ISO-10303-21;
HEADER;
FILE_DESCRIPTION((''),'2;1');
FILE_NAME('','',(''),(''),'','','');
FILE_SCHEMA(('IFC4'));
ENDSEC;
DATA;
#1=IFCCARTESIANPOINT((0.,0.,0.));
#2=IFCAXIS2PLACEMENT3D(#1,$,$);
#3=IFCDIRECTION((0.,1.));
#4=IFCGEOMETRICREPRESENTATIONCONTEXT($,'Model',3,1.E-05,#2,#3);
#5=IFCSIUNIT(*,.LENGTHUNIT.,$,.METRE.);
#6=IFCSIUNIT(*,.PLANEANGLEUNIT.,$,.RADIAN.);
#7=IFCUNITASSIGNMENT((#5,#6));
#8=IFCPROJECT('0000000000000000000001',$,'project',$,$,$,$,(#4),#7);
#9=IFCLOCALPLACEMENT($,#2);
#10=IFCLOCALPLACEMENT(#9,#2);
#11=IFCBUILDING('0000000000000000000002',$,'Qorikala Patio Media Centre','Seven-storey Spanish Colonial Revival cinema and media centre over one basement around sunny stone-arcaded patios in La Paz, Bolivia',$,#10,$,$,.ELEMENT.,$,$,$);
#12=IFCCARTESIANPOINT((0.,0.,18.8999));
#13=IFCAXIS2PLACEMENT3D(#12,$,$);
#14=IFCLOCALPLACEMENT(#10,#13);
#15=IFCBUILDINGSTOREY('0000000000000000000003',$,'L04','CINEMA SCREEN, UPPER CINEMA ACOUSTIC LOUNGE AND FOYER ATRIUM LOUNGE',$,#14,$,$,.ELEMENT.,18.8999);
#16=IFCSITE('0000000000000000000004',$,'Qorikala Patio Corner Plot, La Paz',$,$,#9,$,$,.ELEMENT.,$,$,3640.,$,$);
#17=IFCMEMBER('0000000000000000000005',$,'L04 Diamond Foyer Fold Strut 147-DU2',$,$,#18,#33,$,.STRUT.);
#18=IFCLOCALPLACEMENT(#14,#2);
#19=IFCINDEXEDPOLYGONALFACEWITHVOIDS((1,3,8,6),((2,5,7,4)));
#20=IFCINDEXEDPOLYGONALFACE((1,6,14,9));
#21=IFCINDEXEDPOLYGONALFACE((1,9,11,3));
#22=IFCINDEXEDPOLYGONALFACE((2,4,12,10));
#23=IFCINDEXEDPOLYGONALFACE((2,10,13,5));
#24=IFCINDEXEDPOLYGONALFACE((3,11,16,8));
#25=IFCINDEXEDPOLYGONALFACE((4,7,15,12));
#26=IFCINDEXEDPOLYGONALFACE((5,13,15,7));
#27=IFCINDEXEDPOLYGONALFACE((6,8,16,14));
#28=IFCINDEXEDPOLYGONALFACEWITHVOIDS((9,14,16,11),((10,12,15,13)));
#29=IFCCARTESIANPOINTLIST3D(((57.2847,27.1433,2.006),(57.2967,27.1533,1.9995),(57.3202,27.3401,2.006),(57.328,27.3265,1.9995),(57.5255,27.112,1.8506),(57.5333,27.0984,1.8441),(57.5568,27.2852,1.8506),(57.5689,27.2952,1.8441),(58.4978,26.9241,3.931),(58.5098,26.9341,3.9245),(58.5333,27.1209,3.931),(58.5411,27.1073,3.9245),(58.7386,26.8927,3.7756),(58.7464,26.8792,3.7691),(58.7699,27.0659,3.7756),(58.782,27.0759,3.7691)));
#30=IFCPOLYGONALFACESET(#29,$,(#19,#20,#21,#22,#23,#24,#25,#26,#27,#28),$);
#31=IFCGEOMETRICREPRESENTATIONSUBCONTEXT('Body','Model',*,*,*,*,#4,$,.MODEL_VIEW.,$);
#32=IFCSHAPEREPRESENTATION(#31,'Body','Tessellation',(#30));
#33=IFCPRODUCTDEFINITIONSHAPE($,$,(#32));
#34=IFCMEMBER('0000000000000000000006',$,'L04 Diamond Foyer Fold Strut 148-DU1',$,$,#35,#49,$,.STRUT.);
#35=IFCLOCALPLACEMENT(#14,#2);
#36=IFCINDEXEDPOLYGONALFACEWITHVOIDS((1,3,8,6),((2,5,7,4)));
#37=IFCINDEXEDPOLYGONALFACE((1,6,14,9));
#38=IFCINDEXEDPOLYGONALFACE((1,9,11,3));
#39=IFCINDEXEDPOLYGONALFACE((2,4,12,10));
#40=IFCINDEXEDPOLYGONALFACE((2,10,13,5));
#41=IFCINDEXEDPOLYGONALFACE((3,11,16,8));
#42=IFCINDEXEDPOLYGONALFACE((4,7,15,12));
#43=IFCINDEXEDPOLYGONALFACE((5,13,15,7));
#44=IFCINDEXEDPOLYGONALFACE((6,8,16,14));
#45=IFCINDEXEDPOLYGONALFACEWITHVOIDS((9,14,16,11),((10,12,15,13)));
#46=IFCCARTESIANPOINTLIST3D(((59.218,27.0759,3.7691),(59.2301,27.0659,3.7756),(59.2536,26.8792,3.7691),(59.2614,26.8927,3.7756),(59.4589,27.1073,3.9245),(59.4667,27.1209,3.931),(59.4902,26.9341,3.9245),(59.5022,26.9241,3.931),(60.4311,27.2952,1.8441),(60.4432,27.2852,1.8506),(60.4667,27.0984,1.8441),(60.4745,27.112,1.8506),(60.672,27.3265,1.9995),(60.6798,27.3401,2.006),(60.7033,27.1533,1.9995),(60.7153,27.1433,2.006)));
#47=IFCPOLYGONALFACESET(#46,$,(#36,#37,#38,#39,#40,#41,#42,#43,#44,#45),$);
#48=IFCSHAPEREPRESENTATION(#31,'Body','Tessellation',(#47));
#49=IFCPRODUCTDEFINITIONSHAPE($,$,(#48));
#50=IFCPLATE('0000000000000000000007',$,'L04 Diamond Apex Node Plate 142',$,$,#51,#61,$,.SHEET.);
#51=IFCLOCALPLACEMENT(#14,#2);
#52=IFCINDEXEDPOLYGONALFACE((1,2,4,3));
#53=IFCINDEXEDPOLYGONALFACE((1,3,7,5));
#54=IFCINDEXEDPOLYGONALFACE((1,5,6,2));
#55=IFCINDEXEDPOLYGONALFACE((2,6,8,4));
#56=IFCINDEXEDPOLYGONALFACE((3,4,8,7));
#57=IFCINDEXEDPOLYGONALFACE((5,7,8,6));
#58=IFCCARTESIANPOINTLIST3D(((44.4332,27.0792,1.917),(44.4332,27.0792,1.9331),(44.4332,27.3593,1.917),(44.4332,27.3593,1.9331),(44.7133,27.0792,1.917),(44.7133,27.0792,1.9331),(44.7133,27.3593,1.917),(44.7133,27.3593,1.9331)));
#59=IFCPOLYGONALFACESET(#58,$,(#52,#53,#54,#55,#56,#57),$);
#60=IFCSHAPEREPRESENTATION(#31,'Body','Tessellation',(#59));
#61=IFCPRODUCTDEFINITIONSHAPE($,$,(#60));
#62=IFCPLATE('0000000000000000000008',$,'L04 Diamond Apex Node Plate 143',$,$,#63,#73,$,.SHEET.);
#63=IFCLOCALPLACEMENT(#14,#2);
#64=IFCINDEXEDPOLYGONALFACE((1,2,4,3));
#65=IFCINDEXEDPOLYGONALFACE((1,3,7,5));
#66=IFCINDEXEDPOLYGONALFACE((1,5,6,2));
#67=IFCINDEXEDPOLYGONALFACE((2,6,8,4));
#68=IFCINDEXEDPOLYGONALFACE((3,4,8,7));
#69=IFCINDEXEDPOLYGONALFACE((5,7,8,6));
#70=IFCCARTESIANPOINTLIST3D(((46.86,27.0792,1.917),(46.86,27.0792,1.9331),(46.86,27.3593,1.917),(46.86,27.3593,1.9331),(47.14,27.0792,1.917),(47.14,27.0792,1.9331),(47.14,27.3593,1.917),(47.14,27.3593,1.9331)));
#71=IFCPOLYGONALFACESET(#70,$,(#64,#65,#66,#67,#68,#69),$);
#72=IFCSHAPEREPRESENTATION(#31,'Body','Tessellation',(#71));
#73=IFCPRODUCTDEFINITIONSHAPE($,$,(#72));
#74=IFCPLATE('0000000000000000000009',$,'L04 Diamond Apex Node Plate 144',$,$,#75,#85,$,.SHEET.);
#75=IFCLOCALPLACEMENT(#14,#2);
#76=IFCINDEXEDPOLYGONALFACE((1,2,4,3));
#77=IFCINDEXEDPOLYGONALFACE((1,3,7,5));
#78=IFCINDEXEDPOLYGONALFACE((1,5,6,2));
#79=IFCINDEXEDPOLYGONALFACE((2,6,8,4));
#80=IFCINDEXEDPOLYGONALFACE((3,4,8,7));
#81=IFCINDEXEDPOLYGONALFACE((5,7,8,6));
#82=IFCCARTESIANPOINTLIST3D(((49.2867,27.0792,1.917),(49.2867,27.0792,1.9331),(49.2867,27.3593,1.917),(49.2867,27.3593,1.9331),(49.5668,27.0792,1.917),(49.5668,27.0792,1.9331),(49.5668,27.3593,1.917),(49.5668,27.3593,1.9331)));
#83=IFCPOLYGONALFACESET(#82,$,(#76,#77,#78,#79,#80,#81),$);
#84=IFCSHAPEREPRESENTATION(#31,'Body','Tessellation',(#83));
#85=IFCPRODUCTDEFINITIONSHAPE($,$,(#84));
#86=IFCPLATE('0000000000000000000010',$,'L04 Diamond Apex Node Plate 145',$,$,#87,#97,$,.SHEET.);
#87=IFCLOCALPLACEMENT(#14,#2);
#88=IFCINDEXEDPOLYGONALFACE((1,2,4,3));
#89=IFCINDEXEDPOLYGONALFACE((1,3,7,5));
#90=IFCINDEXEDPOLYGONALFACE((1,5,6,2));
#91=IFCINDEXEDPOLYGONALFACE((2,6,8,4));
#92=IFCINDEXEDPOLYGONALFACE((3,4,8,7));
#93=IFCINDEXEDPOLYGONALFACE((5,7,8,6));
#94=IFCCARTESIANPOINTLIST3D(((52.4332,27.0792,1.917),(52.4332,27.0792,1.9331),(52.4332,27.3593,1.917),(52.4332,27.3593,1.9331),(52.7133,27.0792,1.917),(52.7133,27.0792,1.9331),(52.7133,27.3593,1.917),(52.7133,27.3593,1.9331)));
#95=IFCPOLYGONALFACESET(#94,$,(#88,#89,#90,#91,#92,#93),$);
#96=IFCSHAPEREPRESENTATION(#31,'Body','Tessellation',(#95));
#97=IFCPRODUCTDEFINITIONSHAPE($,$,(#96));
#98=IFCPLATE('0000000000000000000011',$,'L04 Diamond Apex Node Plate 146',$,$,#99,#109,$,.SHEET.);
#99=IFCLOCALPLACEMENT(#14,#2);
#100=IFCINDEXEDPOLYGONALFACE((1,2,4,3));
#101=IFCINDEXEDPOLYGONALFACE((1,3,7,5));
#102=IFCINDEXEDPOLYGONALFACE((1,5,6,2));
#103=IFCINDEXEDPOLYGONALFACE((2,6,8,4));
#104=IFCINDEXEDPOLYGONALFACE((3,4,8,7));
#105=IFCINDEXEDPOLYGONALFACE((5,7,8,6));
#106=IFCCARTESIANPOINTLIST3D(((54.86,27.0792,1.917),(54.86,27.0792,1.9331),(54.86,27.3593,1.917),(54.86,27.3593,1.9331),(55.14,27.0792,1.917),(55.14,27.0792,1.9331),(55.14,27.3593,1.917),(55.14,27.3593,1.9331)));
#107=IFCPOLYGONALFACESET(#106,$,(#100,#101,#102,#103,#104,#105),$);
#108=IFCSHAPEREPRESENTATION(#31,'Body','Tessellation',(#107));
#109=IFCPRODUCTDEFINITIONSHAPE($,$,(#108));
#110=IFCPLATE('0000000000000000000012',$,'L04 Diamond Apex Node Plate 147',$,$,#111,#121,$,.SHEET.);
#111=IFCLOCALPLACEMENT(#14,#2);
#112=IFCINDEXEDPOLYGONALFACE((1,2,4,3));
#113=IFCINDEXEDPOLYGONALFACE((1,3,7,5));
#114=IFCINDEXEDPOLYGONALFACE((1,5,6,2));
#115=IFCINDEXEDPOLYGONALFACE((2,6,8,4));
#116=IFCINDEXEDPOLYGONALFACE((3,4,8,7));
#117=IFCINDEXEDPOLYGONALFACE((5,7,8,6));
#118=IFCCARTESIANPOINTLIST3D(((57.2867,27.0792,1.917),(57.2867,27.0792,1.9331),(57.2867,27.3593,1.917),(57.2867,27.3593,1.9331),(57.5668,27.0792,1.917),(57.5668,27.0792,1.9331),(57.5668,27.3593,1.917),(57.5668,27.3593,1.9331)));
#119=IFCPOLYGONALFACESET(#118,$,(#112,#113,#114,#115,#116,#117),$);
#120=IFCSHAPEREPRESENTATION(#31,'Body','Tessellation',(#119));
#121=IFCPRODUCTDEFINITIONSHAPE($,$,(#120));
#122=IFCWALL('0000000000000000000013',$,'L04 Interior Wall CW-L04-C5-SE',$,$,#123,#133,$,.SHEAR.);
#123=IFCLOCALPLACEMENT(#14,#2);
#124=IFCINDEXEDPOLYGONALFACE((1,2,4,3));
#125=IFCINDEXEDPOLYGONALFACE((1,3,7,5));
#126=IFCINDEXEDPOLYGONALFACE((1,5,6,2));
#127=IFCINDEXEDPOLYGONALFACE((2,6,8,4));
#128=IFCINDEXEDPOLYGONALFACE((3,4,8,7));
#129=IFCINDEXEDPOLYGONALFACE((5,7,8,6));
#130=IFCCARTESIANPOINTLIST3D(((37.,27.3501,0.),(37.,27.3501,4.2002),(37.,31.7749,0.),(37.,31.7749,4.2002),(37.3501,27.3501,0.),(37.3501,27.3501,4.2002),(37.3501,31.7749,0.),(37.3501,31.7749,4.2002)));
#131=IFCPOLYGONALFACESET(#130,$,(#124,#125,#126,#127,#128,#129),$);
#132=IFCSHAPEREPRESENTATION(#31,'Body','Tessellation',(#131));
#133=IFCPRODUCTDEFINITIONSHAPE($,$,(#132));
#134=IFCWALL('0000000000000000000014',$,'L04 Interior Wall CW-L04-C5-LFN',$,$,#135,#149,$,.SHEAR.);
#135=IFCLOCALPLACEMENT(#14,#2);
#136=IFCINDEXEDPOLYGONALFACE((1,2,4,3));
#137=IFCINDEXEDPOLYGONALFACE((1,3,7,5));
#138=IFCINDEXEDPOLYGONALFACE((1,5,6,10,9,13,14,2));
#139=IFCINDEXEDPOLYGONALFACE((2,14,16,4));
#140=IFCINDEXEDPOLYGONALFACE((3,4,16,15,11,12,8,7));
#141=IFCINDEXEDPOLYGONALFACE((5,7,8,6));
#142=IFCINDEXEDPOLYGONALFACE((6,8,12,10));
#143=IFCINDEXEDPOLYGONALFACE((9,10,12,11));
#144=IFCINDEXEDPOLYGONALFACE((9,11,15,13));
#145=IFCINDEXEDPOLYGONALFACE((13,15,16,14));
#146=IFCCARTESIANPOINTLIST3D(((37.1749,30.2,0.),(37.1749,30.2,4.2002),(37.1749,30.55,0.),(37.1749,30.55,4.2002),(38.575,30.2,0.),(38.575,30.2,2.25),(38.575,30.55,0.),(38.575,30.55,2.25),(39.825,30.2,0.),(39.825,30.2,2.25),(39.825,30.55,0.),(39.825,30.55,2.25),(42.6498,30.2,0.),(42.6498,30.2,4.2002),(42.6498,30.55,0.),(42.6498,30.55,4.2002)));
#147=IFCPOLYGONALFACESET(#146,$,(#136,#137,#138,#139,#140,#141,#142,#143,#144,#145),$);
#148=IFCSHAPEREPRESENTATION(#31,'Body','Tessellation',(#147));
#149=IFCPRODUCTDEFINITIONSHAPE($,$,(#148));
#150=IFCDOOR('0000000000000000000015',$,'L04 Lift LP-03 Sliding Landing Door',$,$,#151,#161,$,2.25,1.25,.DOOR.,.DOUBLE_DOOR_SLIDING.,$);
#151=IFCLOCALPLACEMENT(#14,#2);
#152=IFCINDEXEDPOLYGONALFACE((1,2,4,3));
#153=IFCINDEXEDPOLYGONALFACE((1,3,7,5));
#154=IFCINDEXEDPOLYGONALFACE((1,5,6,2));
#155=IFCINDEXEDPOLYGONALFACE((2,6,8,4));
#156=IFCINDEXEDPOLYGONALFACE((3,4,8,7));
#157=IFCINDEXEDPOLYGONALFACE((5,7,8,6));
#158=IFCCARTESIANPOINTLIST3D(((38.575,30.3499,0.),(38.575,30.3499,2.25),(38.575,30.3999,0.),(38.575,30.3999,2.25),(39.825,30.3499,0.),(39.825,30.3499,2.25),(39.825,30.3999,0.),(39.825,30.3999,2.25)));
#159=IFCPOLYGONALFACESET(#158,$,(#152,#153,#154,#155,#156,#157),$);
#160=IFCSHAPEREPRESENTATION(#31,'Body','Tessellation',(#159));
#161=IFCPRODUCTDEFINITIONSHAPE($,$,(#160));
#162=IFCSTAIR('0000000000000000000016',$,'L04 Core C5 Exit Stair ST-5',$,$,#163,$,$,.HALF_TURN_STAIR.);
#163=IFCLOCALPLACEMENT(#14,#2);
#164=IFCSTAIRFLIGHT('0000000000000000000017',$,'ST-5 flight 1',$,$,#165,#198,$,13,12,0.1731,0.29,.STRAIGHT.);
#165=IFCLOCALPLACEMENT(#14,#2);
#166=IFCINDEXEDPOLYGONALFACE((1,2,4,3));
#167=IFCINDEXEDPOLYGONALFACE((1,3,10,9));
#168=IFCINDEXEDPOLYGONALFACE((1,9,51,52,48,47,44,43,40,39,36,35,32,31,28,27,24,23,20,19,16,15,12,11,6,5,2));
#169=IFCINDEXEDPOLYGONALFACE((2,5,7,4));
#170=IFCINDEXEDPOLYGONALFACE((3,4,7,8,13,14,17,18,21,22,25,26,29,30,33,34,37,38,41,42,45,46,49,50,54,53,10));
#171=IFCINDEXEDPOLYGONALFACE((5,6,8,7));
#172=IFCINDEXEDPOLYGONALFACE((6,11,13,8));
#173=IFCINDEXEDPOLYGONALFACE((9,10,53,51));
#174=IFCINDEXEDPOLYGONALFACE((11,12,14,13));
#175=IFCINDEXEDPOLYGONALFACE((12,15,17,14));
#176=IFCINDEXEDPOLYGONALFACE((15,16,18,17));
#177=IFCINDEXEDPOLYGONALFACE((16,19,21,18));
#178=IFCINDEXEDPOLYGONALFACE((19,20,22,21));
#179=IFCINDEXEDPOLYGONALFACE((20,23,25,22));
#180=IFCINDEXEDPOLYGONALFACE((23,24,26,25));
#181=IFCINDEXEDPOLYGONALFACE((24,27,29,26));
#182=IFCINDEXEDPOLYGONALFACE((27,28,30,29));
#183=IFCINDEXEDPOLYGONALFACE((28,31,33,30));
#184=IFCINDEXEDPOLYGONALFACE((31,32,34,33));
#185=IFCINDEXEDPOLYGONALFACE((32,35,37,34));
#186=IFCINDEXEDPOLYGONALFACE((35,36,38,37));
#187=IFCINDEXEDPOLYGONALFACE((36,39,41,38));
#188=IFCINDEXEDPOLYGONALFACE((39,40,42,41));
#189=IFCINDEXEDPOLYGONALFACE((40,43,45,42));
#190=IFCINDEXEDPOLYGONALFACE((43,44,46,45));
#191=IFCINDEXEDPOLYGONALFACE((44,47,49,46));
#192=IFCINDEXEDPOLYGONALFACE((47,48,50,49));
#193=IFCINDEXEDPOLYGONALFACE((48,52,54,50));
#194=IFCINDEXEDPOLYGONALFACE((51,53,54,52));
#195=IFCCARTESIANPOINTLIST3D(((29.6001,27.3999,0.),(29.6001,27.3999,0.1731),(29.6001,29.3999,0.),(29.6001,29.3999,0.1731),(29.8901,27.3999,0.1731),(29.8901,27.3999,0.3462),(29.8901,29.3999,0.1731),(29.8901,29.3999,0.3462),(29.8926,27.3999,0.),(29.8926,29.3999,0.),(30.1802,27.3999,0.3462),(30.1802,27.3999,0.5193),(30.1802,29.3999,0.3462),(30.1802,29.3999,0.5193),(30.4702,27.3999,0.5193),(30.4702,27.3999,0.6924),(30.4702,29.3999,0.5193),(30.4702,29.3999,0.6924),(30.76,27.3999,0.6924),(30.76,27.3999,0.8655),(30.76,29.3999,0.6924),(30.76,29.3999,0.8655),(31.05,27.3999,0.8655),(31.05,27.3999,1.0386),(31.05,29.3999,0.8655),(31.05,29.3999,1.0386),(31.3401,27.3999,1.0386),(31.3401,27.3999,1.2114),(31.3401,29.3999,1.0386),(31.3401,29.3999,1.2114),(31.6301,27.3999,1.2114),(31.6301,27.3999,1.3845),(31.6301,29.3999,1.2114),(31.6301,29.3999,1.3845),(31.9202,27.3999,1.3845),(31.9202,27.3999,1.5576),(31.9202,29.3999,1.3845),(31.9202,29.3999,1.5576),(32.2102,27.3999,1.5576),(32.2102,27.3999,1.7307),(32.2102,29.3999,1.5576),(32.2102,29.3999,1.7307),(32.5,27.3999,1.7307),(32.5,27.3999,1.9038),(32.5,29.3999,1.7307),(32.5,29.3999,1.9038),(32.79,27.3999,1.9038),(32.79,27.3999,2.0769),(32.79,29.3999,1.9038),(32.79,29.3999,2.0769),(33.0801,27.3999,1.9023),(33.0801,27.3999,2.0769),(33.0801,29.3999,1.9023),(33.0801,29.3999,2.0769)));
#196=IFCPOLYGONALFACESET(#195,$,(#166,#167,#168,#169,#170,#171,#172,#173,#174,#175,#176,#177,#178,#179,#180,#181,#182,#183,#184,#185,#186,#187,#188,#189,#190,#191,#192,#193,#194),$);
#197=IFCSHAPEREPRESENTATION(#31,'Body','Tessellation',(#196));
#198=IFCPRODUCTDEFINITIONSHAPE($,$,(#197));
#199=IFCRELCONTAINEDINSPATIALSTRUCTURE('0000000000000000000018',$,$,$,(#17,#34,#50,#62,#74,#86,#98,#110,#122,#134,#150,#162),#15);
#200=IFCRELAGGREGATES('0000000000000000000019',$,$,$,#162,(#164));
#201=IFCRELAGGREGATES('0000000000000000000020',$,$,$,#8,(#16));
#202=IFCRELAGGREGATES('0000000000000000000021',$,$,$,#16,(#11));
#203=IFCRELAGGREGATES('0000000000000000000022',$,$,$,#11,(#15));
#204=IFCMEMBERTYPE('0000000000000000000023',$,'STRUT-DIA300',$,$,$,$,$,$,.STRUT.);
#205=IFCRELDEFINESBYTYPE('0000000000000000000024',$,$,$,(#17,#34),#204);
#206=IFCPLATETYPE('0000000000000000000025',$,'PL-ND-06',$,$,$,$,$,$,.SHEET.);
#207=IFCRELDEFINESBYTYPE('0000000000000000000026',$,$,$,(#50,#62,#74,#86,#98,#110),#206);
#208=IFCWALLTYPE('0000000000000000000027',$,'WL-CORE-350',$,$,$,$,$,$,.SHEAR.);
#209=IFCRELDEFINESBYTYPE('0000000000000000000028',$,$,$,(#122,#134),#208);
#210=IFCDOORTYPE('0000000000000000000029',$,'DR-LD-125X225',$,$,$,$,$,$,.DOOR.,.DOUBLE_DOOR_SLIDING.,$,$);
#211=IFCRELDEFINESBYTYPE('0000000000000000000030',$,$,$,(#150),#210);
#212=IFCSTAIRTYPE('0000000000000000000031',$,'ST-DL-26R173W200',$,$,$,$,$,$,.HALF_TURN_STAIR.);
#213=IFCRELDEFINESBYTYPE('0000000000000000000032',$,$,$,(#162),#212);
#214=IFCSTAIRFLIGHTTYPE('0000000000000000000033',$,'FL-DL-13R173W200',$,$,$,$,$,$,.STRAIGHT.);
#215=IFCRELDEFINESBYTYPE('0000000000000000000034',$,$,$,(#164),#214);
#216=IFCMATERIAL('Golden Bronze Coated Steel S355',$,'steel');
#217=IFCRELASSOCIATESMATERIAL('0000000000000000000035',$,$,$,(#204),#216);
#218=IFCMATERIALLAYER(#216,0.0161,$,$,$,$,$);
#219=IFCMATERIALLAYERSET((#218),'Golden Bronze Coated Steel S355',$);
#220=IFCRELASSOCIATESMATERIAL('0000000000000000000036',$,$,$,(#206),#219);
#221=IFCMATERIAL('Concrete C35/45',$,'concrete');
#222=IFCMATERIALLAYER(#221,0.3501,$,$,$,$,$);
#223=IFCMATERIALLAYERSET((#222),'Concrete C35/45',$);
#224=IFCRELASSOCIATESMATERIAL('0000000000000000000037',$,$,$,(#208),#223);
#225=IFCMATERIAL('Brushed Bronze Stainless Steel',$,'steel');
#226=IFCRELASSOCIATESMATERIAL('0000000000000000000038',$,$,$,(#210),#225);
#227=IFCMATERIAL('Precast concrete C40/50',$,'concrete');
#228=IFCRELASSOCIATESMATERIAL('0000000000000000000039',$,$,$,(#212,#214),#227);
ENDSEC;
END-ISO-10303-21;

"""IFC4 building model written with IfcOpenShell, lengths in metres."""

from ifc_helpers import new_model, si_unit, direction, frame, frame_2d, origin, origin_2d, place, context, subcontext, project, spatial, polyline, rectangle, hollow_rectangle, outline, extrude, material, layer, layer_set, material_profile, profile_set, type_object, element, fill, aggregate, save


model = new_model("IFC4")

# Units and contexts
model_context = context("Model", 3, precision=1e-05, world=origin(), true_north=direction((0.0, 1.0)))
body_context = subcontext(model_context, "Body", "Model", "MODEL_VIEW")
ifc_project = project(units=[si_unit("LENGTHUNIT", "METRE"), si_unit("PLANEANGLEUNIT", "RADIAN")], contexts=[model_context])

# Site, building, storey
site_placement = place(None, origin())
site = spatial("IfcSite", under=ifc_project, at=site_placement, Name="Qorikala Patio Corner Plot, La Paz", CompositionType="ELEMENT", RefElevation=3640.0)
building_placement = place(site_placement, origin())
building = spatial("IfcBuilding", under=site, at=building_placement, Name="Qorikala Patio Media Centre", Description="Seven-storey Spanish Colonial Revival cinema and media centre over one basement around sunny stone-arcaded patios in La Paz, Bolivia", CompositionType="ELEMENT")
storey_placement = place(building_placement, frame((0.0, 0.0, 18.8999)))
storey = spatial("IfcBuildingStorey", under=building, at=storey_placement, Name="L04", Description="CINEMA SCREEN, UPPER CINEMA ACOUSTIC LOUNGE AND FOYER ATRIUM LOUNGE", CompositionType="ELEMENT", Elevation=18.8999)

# Shared definitions
ifc_material_1 = material(Name="Concrete C35/45", Category="concrete")

# Members
ifc_material_2 = material(Name="Golden Bronze Coated Steel S355", Category="steel")
ifc_material_profile_1 = material_profile(ifc_material_2, hollow_rectangle(XDim=0.2, YDim=0.3, WallThickness=0.012, at=origin_2d()), Name="HSS300X200X12")
ifc_profile_set_1 = profile_set([ifc_material_profile_1], Name="Golden Bronze Coated Steel S355")
member_type = type_object("IfcMemberType", Name="STRUT-DIA300", PredefinedType="STRUT", material=ifc_profile_set_1)
for number, where, z_axis, x_axis, name in (
    (1, (57.4268, 27.2192, 1.925), (0.530691, -0.095907, 0.842121), (0.17784, 0.984059, 0.0), "L04 Diamond Foyer Fold Strut 147-DU2"),
    (2, (60.5732, 27.2192, 1.925), (-0.530691, -0.095907, 0.842121), (0.17784, -0.984059, 0.0), "L04 Diamond Foyer Fold Strut 148-DU1"),
):
    element("IfcMember", number, at=place(storey_placement, frame(where, z_axis=z_axis, x_axis=x_axis)), inside=storey, type_object=member_type, Name=name, PredefinedType="STRUT", context=body_context, shape_type="SweptSolid", body=[
        extrude(hollow_rectangle(XDim=0.2, YDim=0.3, WallThickness=0.012, at=origin_2d()), origin(), (0.0, 0.0, 1.0), 2.2859),
    ])

# Plates
ifc_layer_1 = layer(ifc_material_2, 0.0161)
ifc_layer_set_1 = layer_set([ifc_layer_1], Name="Golden Bronze Coated Steel S355")
plate_type = type_object("IfcPlateType", Name="PL-ND-06", PredefinedType="SHEET", material=ifc_layer_set_1)
for number, where, z_axis, x_axis, name in (
    (3, (44.5732, 27.2192, 1.917), (0.0, 0.0, 1.0), (1.0, 0.0, 0.0), "L04 Diamond Apex Node Plate 142"),
    (4, (47.0, 27.2192, 1.917), (0.0, 0.0, 1.0), (1.0, 0.0, 0.0), "L04 Diamond Apex Node Plate 143"),
    (5, (49.4268, 27.2192, 1.917), (0.0, 0.0, 1.0), (1.0, 0.0, 0.0), "L04 Diamond Apex Node Plate 144"),
    (6, (52.5732, 27.2192, 1.917), (0.0, 0.0, 1.0), (1.0, 0.0, 0.0), "L04 Diamond Apex Node Plate 145"),
    (7, (55.0, 27.2192, 1.917), (0.0, 0.0, 1.0), (1.0, 0.0, 0.0), "L04 Diamond Apex Node Plate 146"),
    (8, (57.4268, 27.2192, 1.917), (0.0, 0.0, 1.0), (1.0, 0.0, 0.0), "L04 Diamond Apex Node Plate 147"),
):
    element("IfcPlate", number, at=place(storey_placement, frame(where, z_axis=z_axis, x_axis=x_axis)), inside=storey, type_object=plate_type, Name=name, PredefinedType="SHEET", context=body_context, shape_type="SweptSolid", body=[
        extrude(rectangle(XDim=0.28, YDim=0.28, at=origin_2d()), origin(), (0.0, 0.0, 1.0), 0.0161),
    ])

# Wall
ifc_layer_2 = layer(ifc_material_1, 0.3501)
ifc_layer_set_2 = layer_set([ifc_layer_2], Name="Concrete C35/45")
wall_type = type_object("IfcWallType", Name="WL-CORE-350", PredefinedType="SHEAR", material=ifc_layer_set_2)
wall_1_placement = place(storey_placement, frame((37.175, 27.3501, 0.0), z_axis=(0.0, 0.0, 1.0), x_axis=(0.0, 1.0, 0.0)))
element("IfcWall", 9, at=wall_1_placement, inside=storey, type_object=wall_type, Name="L04 Interior Wall CW-L04-C5-SE", PredefinedType="SHEAR", context=body_context, shape_type="SweptSolid", body=[
    extrude(rectangle(XDim=4.4248, YDim=0.3501, at=frame_2d((2.2124, 0.0))), origin(), (0.0, 0.0, 1.0), 4.2002),
])

# Wall, opening, door
wall_2_placement = place(storey_placement, frame((37.175, 30.375, 0.0), z_axis=(0.0, 0.0, 1.0), x_axis=(1.0, 0.0, 0.0)))
wall_2 = element("IfcWall", 10, at=wall_2_placement, inside=storey, type_object=wall_type, Name="L04 Interior Wall CW-L04-C5-LFN", PredefinedType="SHEAR", context=body_context, shape_type="SweptSolid", body=[
    extrude(rectangle(XDim=5.4749, YDim=0.3501, at=frame_2d((2.7373, 0.0))), origin(), (0.0, 0.0, 1.0), 4.2002),
])
opening_placement = place(wall_2_placement, frame((1.3999, 0.0, 0.0)))
opening = element("IfcOpeningElement", 11, at=opening_placement, cuts=wall_2, PredefinedType="OPENING", context=body_context, shape_type="SweptSolid", body=[
    extrude(rectangle(XDim=1.25, YDim=2.25, at=frame_2d((0.625, 1.125))), frame((0.0, 0.1851, 0.0), z_axis=(0.0, -1.0, 0.0), x_axis=(1.0, 0.0, 0.0)), (0.0, 0.0, 1.0), 0.3701),
])
ifc_material_3 = material(Name="Brushed Bronze Stainless Steel", Category="steel")
door_type = type_object("IfcDoorType", Name="DR-LD-125X225", OperationType="DOUBLE_DOOR_SLIDING", PredefinedType="DOOR", material=ifc_material_3)
door_placement = place(opening_placement, origin())
door = element("IfcDoor", 12, at=door_placement, inside=storey, type_object=door_type, Name="L04 Lift LP-03 Sliding Landing Door", OperationType="DOUBLE_DOOR_SLIDING", OverallHeight=2.25, OverallWidth=1.25, PredefinedType="DOOR", context=body_context, shape_type="SweptSolid", body=[
    extrude(rectangle(XDim=1.25, YDim=2.25, at=frame_2d((0.625, 1.125))), frame((0.0, 0.0249, 0.0), z_axis=(0.0, -1.0, 0.0), x_axis=(1.0, 0.0, 0.0)), (0.0, 0.0, 1.0), 0.05),
])
fill(opening, door)

# Stair, stair flight
ifc_material_4 = material(Name="Precast concrete C40/50", Category="concrete")
stair_type = type_object("IfcStairType", Name="ST-DL-26R173W200", PredefinedType="HALF_TURN_STAIR", material=ifc_material_4)
stair_placement = place(storey_placement, origin())
stair = element("IfcStair", 13, at=stair_placement, inside=storey, type_object=stair_type, Name="L04 Core C5 Exit Stair ST-5", PredefinedType="HALF_TURN_STAIR")
stair_flight_type = type_object("IfcStairFlightType", Name="FL-DL-13R173W200", PredefinedType="STRAIGHT", material=ifc_material_4)
stair_flight_placement = place(storey_placement, frame((29.6001, 28.3999, 0.0), z_axis=(0.0, 0.0, 1.0), x_axis=(1.0, 0.0, 0.0)))
stair_flight = element("IfcStairFlight", 14, at=stair_flight_placement, type_object=stair_flight_type, Name="ST-5 flight 1", NumberOfRisers=13, NumberOfTreads=12, PredefinedType="STRAIGHT", RiserHeight=0.1731, TreadLength=0.29, context=body_context, shape_type="SweptSolid", body=[
    extrude(outline(polyline([(0.0, 0.0), (0.0, 0.1731), (0.29, 0.1731), (0.29, 0.3462), (0.5801, 0.3462), (0.5801, 0.5193), (0.8701, 0.5193), (0.8701, 0.6924), (1.1599, 0.6924), (1.1599, 0.8655), (1.45, 0.8655), (1.45, 1.0386), (1.74, 1.0386), (1.74, 1.2114), (2.03, 1.2114), (2.03, 1.3845), (2.3201, 1.3845), (2.3201, 1.5576), (2.6101, 1.5576), (2.6101, 1.7307), (2.8999, 1.7307), (2.8999, 1.9038), (3.1899, 1.9038), (3.1899, 2.0769), (3.48, 2.0769), (3.48, 2.25), (3.48, 1.9023), (0.2925, 0.0), (0.0, 0.0)])), frame((0.0, 1.0, 0.0), z_axis=(0.0, -1.0, 0.0), x_axis=(1.0, 0.0, 0.0)), (0.0, 0.0, 1.0), 2.0),
])
aggregate(stair, [stair_flight])

save(model, "model.ifc")
